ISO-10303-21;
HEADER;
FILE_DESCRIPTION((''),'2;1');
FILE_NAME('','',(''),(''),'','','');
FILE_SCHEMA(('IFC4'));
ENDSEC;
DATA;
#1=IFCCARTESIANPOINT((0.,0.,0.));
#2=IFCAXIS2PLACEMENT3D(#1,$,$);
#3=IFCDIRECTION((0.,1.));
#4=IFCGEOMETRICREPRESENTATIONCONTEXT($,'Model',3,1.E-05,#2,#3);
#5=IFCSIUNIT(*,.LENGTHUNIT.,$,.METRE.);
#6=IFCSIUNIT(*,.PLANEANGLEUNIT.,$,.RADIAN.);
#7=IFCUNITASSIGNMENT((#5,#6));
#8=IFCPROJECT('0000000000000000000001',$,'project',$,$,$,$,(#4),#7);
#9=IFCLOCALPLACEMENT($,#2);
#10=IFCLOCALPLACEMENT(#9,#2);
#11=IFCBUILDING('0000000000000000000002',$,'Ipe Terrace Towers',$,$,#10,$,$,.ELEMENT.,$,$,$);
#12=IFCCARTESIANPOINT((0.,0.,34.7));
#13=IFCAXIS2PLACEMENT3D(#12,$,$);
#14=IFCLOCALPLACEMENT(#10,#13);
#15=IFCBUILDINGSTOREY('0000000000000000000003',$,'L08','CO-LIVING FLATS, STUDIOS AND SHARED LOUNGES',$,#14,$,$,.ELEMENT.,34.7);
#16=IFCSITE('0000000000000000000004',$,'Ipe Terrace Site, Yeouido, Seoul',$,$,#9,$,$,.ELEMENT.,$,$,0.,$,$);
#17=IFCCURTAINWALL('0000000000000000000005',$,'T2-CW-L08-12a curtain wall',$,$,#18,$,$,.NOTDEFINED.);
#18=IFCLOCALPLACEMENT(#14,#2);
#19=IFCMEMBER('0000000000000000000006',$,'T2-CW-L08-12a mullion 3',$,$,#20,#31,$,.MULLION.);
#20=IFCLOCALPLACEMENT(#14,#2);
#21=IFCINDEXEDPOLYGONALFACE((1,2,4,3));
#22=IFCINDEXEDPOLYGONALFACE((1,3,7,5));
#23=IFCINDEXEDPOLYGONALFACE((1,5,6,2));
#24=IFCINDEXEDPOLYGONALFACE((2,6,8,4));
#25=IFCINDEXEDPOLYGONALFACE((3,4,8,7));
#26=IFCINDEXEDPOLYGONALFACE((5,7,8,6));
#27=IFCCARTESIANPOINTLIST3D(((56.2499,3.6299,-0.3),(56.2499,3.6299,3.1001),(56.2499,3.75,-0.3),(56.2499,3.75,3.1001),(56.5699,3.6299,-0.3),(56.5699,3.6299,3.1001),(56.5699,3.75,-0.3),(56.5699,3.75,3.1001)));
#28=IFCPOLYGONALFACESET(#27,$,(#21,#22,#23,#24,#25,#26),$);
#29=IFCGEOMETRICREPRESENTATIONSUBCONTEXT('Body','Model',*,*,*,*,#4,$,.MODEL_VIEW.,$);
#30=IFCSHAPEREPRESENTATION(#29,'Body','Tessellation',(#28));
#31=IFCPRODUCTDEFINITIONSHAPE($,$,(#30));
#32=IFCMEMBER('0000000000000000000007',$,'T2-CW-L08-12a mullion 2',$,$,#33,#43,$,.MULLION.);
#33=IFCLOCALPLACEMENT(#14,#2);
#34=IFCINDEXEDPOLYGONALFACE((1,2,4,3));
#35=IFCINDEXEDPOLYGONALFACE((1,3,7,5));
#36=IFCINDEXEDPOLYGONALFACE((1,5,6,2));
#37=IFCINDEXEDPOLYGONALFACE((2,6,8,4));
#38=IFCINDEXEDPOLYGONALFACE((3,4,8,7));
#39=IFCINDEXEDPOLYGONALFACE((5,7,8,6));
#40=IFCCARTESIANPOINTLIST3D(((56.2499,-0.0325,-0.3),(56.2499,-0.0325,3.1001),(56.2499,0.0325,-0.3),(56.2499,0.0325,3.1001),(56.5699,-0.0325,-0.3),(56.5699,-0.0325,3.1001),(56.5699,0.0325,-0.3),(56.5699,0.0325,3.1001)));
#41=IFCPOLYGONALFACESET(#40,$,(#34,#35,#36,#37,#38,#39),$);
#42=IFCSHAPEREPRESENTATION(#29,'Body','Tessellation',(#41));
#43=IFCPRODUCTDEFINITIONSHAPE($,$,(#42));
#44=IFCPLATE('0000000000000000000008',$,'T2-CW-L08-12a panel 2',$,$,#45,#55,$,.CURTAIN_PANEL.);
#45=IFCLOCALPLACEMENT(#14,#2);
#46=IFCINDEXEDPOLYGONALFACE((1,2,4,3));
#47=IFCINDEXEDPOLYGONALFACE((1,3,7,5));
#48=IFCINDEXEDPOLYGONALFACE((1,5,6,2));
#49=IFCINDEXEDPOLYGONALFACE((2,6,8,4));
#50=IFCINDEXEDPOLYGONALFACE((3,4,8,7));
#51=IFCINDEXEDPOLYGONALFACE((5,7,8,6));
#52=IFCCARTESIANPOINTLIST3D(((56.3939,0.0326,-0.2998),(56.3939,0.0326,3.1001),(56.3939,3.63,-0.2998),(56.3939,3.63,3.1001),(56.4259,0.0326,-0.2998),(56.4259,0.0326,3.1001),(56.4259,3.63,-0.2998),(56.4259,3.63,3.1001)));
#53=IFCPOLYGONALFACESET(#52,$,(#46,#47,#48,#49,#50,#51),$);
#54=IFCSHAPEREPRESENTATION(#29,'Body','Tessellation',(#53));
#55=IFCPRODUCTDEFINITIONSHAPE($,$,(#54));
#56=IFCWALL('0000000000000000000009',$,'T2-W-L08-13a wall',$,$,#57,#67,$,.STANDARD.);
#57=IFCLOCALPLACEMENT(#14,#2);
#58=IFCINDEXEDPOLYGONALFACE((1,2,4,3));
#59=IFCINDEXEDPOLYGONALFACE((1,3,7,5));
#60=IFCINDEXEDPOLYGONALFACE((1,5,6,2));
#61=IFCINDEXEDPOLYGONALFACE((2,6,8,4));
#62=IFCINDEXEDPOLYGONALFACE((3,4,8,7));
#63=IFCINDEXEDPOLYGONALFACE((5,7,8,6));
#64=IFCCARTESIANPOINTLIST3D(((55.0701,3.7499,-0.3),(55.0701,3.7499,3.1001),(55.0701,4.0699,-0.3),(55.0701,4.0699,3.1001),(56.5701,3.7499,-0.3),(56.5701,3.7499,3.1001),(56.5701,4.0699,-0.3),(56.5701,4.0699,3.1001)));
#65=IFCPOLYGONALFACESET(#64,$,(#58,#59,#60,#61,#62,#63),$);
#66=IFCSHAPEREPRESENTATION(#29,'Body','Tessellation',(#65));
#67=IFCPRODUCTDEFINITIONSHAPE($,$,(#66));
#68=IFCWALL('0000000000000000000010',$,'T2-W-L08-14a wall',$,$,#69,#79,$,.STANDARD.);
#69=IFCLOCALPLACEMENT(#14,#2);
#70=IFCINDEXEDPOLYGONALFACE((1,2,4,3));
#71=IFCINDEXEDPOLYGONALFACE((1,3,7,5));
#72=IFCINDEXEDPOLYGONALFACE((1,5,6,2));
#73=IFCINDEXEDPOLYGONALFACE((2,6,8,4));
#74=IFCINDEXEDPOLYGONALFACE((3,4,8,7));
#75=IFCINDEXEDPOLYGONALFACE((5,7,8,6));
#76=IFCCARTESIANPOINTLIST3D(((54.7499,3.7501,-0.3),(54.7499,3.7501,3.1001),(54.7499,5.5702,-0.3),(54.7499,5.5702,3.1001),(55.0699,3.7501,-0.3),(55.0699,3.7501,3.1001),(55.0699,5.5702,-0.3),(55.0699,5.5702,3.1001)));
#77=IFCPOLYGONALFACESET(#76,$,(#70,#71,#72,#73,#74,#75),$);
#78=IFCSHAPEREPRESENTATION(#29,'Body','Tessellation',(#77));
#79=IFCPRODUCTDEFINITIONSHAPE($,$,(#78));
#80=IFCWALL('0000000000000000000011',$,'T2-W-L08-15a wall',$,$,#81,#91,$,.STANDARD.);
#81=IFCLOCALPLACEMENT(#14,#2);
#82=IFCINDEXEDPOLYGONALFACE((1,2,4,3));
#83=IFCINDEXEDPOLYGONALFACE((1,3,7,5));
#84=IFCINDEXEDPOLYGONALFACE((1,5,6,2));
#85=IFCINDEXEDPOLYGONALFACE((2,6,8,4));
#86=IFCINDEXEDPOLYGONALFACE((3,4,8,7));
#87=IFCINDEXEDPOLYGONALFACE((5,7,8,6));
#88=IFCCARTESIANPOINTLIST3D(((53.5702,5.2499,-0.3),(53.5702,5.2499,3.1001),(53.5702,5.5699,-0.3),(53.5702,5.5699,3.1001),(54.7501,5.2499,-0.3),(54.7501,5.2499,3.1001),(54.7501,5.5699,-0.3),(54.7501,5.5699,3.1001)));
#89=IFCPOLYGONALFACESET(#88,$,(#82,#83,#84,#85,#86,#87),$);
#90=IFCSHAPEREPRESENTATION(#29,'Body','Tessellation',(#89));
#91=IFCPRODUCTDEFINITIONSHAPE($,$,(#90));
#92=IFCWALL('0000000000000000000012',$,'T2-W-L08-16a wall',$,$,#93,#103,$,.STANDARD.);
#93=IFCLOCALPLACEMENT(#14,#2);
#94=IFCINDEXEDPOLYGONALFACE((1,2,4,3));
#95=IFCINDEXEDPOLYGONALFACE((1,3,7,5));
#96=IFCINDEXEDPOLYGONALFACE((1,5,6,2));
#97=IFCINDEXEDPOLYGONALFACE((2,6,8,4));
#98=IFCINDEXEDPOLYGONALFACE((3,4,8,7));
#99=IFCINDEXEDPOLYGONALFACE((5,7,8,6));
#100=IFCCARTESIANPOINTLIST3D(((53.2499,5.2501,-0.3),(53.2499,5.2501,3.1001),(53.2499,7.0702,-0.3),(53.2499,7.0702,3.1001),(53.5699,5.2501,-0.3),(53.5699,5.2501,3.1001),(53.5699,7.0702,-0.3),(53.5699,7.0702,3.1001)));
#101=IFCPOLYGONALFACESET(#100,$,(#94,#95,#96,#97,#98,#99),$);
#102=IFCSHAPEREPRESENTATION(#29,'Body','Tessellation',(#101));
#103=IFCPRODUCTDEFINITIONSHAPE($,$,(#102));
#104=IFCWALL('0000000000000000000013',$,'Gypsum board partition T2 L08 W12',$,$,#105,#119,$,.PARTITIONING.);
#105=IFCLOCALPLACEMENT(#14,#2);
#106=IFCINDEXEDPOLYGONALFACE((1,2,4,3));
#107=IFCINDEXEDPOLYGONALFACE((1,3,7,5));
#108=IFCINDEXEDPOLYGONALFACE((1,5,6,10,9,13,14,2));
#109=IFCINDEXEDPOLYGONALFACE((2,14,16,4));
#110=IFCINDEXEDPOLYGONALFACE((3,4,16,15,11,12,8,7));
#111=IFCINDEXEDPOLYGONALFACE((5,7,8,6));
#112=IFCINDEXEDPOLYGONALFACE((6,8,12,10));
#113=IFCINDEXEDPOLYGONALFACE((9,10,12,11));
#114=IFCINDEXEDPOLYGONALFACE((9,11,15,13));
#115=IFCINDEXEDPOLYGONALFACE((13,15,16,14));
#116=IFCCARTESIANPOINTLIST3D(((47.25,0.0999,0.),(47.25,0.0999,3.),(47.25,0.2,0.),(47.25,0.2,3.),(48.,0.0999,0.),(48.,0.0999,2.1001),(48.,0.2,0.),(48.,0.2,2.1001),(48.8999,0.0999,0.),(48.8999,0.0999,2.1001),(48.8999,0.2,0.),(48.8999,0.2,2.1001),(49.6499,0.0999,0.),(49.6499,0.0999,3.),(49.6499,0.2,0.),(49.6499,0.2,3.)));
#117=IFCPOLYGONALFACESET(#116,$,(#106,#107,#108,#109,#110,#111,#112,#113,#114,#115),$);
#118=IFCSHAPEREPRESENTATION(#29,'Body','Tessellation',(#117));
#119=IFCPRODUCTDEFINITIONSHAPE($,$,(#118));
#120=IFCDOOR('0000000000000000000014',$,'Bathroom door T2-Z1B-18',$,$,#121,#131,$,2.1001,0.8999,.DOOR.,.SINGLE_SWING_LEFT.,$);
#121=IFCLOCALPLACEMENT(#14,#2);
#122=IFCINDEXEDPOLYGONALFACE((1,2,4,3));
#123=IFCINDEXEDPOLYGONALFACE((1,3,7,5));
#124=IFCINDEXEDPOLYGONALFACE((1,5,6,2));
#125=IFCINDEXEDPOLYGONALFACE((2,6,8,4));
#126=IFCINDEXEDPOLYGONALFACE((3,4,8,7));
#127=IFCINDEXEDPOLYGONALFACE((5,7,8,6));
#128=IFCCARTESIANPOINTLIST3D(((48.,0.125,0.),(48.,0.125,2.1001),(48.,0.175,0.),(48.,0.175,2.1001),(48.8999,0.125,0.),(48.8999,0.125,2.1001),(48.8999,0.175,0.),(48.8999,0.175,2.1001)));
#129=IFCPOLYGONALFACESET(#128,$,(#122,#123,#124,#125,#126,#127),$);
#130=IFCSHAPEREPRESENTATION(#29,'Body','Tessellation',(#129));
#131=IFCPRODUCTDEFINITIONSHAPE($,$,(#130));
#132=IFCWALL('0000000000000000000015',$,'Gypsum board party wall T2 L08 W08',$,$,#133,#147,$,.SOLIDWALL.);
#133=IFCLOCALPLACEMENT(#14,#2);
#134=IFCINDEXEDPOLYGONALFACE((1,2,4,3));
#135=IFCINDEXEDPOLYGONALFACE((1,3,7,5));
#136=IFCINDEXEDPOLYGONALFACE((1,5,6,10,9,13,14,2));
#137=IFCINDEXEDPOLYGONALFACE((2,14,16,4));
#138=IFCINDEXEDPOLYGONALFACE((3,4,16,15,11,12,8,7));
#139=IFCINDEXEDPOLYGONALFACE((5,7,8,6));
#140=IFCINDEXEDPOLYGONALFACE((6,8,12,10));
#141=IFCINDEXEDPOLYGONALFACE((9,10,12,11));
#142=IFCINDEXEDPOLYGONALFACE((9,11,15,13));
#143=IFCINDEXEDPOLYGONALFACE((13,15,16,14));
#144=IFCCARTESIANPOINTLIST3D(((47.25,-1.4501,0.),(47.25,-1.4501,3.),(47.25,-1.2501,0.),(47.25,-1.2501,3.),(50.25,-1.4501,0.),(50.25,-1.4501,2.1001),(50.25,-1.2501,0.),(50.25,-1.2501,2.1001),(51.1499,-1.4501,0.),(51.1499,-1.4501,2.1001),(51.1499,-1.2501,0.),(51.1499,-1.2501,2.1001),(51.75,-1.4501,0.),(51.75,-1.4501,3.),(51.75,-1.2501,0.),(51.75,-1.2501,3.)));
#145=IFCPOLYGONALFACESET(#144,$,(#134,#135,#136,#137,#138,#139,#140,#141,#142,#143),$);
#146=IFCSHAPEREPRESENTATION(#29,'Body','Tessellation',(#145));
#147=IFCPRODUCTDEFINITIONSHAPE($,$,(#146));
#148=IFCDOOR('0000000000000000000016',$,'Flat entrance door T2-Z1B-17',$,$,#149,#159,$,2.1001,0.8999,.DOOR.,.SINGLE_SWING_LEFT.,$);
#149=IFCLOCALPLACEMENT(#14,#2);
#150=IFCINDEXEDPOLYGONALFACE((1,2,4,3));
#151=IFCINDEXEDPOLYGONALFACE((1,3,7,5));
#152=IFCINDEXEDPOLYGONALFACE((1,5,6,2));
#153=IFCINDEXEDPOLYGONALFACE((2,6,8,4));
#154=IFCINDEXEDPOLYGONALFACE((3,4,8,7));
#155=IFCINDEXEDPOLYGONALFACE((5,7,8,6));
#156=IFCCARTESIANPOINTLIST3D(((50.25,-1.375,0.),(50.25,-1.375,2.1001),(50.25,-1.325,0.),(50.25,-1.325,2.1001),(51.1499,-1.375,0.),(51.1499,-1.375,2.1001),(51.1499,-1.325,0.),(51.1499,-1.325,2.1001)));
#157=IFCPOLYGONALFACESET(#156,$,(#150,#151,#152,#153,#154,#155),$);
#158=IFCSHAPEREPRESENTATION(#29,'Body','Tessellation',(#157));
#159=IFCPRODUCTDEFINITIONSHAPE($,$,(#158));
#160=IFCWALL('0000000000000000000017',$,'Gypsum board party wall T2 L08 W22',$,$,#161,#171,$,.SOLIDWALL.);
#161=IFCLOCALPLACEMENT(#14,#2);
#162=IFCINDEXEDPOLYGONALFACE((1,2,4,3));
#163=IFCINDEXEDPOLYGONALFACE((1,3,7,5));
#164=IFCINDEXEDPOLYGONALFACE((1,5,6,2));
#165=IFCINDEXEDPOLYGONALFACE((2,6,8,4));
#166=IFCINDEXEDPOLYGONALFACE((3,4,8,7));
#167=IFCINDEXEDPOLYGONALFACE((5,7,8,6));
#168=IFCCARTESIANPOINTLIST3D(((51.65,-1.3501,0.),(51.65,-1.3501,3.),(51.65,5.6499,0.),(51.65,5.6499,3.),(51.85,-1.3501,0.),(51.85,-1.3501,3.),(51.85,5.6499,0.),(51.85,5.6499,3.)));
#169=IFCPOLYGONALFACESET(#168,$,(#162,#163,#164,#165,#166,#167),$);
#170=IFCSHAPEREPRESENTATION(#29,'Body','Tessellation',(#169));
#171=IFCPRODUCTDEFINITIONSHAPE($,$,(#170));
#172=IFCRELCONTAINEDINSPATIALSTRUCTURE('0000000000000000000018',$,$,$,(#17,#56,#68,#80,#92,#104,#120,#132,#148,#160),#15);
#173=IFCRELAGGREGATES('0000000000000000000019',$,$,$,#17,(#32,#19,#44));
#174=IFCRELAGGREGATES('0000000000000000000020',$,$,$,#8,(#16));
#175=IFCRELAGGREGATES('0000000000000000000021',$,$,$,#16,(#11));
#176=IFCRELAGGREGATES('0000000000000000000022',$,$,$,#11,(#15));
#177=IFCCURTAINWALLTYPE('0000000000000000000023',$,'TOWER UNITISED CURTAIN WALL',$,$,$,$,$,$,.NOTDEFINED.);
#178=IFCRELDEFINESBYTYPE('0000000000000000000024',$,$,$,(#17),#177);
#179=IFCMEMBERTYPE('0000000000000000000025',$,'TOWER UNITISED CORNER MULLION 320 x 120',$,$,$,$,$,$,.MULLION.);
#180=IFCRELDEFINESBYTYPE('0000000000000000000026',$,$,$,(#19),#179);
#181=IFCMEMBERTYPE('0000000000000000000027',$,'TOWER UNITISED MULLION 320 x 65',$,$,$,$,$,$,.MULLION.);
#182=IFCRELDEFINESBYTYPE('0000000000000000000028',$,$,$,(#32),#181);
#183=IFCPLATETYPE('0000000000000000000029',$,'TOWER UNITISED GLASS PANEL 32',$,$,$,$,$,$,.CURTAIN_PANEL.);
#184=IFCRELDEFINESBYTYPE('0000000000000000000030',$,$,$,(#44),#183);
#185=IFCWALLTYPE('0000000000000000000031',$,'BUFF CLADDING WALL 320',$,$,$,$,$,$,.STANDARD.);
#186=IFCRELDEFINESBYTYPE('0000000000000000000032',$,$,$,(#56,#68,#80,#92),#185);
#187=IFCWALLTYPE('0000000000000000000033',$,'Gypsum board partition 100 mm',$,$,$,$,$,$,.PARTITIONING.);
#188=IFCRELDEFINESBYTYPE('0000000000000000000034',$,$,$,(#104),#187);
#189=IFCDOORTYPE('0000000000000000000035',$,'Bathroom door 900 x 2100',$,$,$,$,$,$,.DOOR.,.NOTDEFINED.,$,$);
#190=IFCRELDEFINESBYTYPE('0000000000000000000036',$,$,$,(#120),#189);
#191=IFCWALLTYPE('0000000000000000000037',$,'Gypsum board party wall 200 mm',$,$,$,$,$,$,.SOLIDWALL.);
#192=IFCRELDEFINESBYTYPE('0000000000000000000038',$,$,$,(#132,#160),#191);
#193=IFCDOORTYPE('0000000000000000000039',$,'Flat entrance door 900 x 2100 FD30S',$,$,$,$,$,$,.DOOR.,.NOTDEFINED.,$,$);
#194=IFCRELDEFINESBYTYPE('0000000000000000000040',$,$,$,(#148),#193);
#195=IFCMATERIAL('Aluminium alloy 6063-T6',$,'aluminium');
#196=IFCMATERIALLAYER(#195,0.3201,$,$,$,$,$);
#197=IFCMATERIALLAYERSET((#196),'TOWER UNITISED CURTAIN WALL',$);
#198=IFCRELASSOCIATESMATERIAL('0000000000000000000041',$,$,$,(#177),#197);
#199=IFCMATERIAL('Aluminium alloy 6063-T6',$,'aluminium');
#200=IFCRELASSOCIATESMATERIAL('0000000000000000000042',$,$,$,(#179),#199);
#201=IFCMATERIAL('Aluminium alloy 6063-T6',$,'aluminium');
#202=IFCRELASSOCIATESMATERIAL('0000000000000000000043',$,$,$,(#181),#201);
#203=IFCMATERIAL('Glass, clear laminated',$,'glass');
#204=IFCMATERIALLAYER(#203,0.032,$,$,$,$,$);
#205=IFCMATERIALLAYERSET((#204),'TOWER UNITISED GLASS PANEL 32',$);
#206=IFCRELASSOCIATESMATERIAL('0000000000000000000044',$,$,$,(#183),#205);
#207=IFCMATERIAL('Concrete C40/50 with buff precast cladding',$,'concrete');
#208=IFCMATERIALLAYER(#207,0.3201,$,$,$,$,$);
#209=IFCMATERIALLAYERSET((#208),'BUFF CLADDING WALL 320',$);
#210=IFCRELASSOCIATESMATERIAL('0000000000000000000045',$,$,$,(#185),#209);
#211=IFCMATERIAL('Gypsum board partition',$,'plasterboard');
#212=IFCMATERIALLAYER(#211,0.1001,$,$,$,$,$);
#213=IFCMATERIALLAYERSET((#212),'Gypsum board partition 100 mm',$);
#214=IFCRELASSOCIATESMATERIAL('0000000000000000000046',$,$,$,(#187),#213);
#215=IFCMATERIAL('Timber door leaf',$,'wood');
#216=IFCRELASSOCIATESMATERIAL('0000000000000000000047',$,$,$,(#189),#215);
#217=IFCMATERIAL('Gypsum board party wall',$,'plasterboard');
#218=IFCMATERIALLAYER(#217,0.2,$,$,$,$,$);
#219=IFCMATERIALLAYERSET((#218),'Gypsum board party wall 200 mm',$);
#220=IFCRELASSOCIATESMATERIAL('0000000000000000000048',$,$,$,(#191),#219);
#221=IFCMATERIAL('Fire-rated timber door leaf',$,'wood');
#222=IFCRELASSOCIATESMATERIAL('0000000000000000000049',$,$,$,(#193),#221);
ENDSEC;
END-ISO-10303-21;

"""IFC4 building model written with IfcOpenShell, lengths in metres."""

from ifc_helpers import new_model, si_unit, direction, frame, frame_2d, origin, origin_2d, place, context, subcontext, project, spatial, rectangle, extrude, material, layer, layer_set, material_profile, profile_set, type_object, element, fill, aggregate, save


model = new_model("IFC4")

# Units and contexts
model_context = context("Model", 3, precision=1e-05, world=origin(), true_north=direction((0.0, 1.0)))
body_context = subcontext(model_context, "Body", "Model", "MODEL_VIEW")
ifc_project = project(units=[si_unit("LENGTHUNIT", "METRE"), si_unit("PLANEANGLEUNIT", "RADIAN")], contexts=[model_context])

# Site, building, storey
site_placement = place(None, origin())
site = spatial("IfcSite", under=ifc_project, at=site_placement, Name="Ipe Terrace Site, Yeouido, Seoul", CompositionType="ELEMENT", RefElevation=0.0)
building_placement = place(site_placement, origin())
building = spatial("IfcBuilding", under=site, at=building_placement, Name="Ipe Terrace Towers", CompositionType="ELEMENT")
storey_placement = place(building_placement, frame((0.0, 0.0, 34.7)))
storey = spatial("IfcBuildingStorey", under=building, at=storey_placement, Name="L08", Description="CO-LIVING FLATS, STUDIOS AND SHARED LOUNGES", CompositionType="ELEMENT", Elevation=34.7)

# Curtain wall, members, plate
ifc_material_1 = material(Name="Aluminium alloy 6063-T6", Category="aluminium")
ifc_layer_1 = layer(ifc_material_1, 0.3201)
ifc_layer_set_1 = layer_set([ifc_layer_1], Name="TOWER UNITISED CURTAIN WALL")
curtain_wall_type = type_object("IfcCurtainWallType", Name="TOWER UNITISED CURTAIN WALL", PredefinedType="NOTDEFINED", material=ifc_layer_set_1)
curtain_wall_placement = place(storey_placement, origin())
curtain_wall = element("IfcCurtainWall", 1, at=curtain_wall_placement, inside=storey, type_object=curtain_wall_type, Name="T2-CW-L08-12a curtain wall", PredefinedType="NOTDEFINED")
ifc_material_2 = material(Name="Aluminium alloy 6063-T6", Category="aluminium")
ifc_material_profile_1 = material_profile(ifc_material_2, rectangle(XDim=0.3201, YDim=0.1201, at=origin_2d()), Name="TOWER UNITISED CORNER MULLION 320 x 120")
ifc_profile_set_1 = profile_set([ifc_material_profile_1], Name="Aluminium alloy 6063-T6")
member_type_1 = type_object("IfcMemberType", Name="TOWER UNITISED CORNER MULLION 320 x 120", PredefinedType="MULLION", material=ifc_profile_set_1)
member_1_placement = place(storey_placement, frame((56.4099, 3.6899, -0.3), z_axis=(0.0, 0.0, 1.0), x_axis=(1.0, 0.0, 0.0)))
member_1 = element("IfcMember", 2, at=member_1_placement, type_object=member_type_1, Name="T2-CW-L08-12a mullion 3", PredefinedType="MULLION", context=body_context, shape_type="SweptSolid", body=[
    extrude(rectangle(XDim=0.3201, YDim=0.1201, at=origin_2d()), origin(), (0.0, 0.0, 1.0), 3.4001),
])
ifc_material_3 = material(Name="Aluminium alloy 6063-T6", Category="aluminium")
ifc_material_profile_2 = material_profile(ifc_material_3, rectangle(XDim=0.3201, YDim=0.0649, at=origin_2d()), Name="TOWER UNITISED MULLION 320 x 65")
ifc_profile_set_2 = profile_set([ifc_material_profile_2], Name="Aluminium alloy 6063-T6")
member_type_2 = type_object("IfcMemberType", Name="TOWER UNITISED MULLION 320 x 65", PredefinedType="MULLION", material=ifc_profile_set_2)
member_2_placement = place(storey_placement, frame((56.4099, 0.0, -0.3), z_axis=(0.0, 0.0, 1.0), x_axis=(1.0, 0.0, 0.0)))
member_2 = element("IfcMember", 3, at=member_2_placement, type_object=member_type_2, Name="T2-CW-L08-12a mullion 2", PredefinedType="MULLION", context=body_context, shape_type="SweptSolid", body=[
    extrude(rectangle(XDim=0.3201, YDim=0.0649, at=origin_2d()), origin(), (0.0, 0.0, 1.0), 3.4001),
])
ifc_material_4 = material(Name="Glass, clear laminated", Category="glass")
ifc_layer_2 = layer(ifc_material_4, 0.032)
ifc_layer_set_2 = layer_set([ifc_layer_2], Name="TOWER UNITISED GLASS PANEL 32")
plate_type = type_object("IfcPlateType", Name="TOWER UNITISED GLASS PANEL 32", PredefinedType="CURTAIN_PANEL", material=ifc_layer_set_2)
plate_placement = place(storey_placement, frame((56.4099, 1.8313, -0.2998), z_axis=(0.0, 0.0, 1.0), x_axis=(0.0, 1.0, 0.0)))
plate = element("IfcPlate", 4, at=plate_placement, type_object=plate_type, Name="T2-CW-L08-12a panel 2", PredefinedType="CURTAIN_PANEL", context=body_context, shape_type="SweptSolid", body=[
    extrude(rectangle(XDim=3.5974, YDim=0.032, at=origin_2d()), origin(), (0.0, 0.0, 1.0), 3.3999),
])
aggregate(curtain_wall, [member_2, member_1, plate])

# Walls
ifc_material_5 = material(Name="Concrete C40/50 with buff precast cladding", Category="concrete")
ifc_layer_3 = layer(ifc_material_5, 0.3201)
ifc_layer_set_3 = layer_set([ifc_layer_3], Name="BUFF CLADDING WALL 320")
wall_type_1 = type_object("IfcWallType", Name="BUFF CLADDING WALL 320", PredefinedType="STANDARD", material=ifc_layer_set_3)
wall_1_placement = place(storey_placement, frame((56.5701, 3.9099, -0.3), z_axis=(0.0, 0.0, 1.0), x_axis=(-1.0, 0.0, 0.0)))
element("IfcWall", 5, at=wall_1_placement, inside=storey, type_object=wall_type_1, Name="T2-W-L08-13a wall", PredefinedType="STANDARD", context=body_context, shape_type="SweptSolid", body=[
    extrude(rectangle(XDim=1.5, YDim=0.3201, at=frame_2d((0.75, 0.0))), origin(), (0.0, 0.0, 1.0), 3.4001),
])
wall_2_placement = place(storey_placement, frame((54.9099, 3.75, -0.3), z_axis=(0.0, 0.0, 1.0), x_axis=(0.0, 1.0, 0.0)))
element("IfcWall", 6, at=wall_2_placement, inside=storey, type_object=wall_type_1, Name="T2-W-L08-14a wall", PredefinedType="STANDARD", context=body_context, shape_type="SweptSolid", body=[
    extrude(rectangle(XDim=1.8201, YDim=0.3201, at=frame_2d((0.9102, 0.0))), origin(), (0.0, 0.0, 1.0), 3.4001),
])
wall_3_placement = place(storey_placement, frame((54.75, 5.4099, -0.3), z_axis=(0.0, 0.0, 1.0), x_axis=(-1.0, 0.0, 0.0)))
element("IfcWall", 7, at=wall_3_placement, inside=storey, type_object=wall_type_1, Name="T2-W-L08-15a wall", PredefinedType="STANDARD", context=body_context, shape_type="SweptSolid", body=[
    extrude(rectangle(XDim=1.1799, YDim=0.3201, at=frame_2d((0.5898, 0.0))), origin(), (0.0, 0.0, 1.0), 3.4001),
])
wall_4_placement = place(storey_placement, frame((53.4099, 5.25, -0.3), z_axis=(0.0, 0.0, 1.0), x_axis=(0.0, 1.0, 0.0)))
element("IfcWall", 8, at=wall_4_placement, inside=storey, type_object=wall_type_1, Name="T2-W-L08-16a wall", PredefinedType="STANDARD", context=body_context, shape_type="SweptSolid", body=[
    extrude(rectangle(XDim=1.8201, YDim=0.3201, at=frame_2d((0.9102, 0.0))), origin(), (0.0, 0.0, 1.0), 3.4001),
])

# Walls, openings, doors
ifc_material_6 = material(Name="Gypsum board partition", Category="plasterboard")
ifc_layer_4 = layer(ifc_material_6, 0.1001)
ifc_layer_set_4 = layer_set([ifc_layer_4], Name="Gypsum board partition 100 mm")
wall_type_2 = type_object("IfcWallType", Name="Gypsum board partition 100 mm", PredefinedType="PARTITIONING", material=ifc_layer_set_4)
wall_5_placement = place(storey_placement, frame((49.6499, 0.1499, 0.0), z_axis=(0.0, 0.0, 1.0), x_axis=(-1.0, 0.0, 0.0)))
wall_5 = element("IfcWall", 9, at=wall_5_placement, inside=storey, type_object=wall_type_2, Name="Gypsum board partition T2 L08 W12", PredefinedType="PARTITIONING", context=body_context, shape_type="SweptSolid", body=[
    extrude(rectangle(XDim=2.3999, YDim=0.1001, at=frame_2d((1.2, 0.0))), origin(), (0.0, 0.0, 1.0), 3.0),
])
opening_1_placement = place(wall_5_placement, frame((0.75, 0.0, 0.0)))
opening_1 = element("IfcOpeningElement", 10, at=opening_1_placement, cuts=wall_5, PredefinedType="OPENING", context=body_context, shape_type="SweptSolid", body=[
    extrude(rectangle(XDim=0.8999, YDim=2.1001, at=frame_2d((0.45, 1.05))), frame((0.0, 0.0601, 0.0), z_axis=(0.0, -1.0, 0.0), x_axis=(1.0, 0.0, 0.0)), (0.0, 0.0, 1.0), 0.1201),
])
ifc_material_7 = material(Name="Timber door leaf", Category="wood")
door_type_1 = type_object("IfcDoorType", Name="Bathroom door 900 x 2100", OperationType="NOTDEFINED", PredefinedType="DOOR", material=ifc_material_7)
door_1_placement = place(opening_1_placement, origin())
door_1 = element("IfcDoor", 11, at=door_1_placement, inside=storey, type_object=door_type_1, Name="Bathroom door T2-Z1B-18", OperationType="SINGLE_SWING_LEFT", OverallHeight=2.1001, OverallWidth=0.8999, PredefinedType="DOOR", context=body_context, shape_type="SweptSolid", body=[
    extrude(rectangle(XDim=0.8999, YDim=2.1001, at=frame_2d((0.45, 1.05))), frame((0.0, 0.0249, 0.0), z_axis=(0.0, -1.0, 0.0), x_axis=(1.0, 0.0, 0.0)), (0.0, 0.0, 1.0), 0.05),
])
fill(opening_1, door_1)
ifc_material_8 = material(Name="Gypsum board party wall", Category="plasterboard")
ifc_layer_5 = layer(ifc_material_8, 0.2)
ifc_layer_set_5 = layer_set([ifc_layer_5], Name="Gypsum board party wall 200 mm")
wall_type_3 = type_object("IfcWallType", Name="Gypsum board party wall 200 mm", PredefinedType="SOLIDWALL", material=ifc_layer_set_5)
wall_6_placement = place(storey_placement, frame((51.75, -1.3501, 0.0), z_axis=(0.0, 0.0, 1.0), x_axis=(-1.0, 0.0, 0.0)))
wall_6 = element("IfcWall", 12, at=wall_6_placement, inside=storey, type_object=wall_type_3, Name="Gypsum board party wall T2 L08 W08", PredefinedType="SOLIDWALL", context=body_context, shape_type="SweptSolid", body=[
    extrude(rectangle(XDim=4.5, YDim=0.2, at=frame_2d((2.25, 0.0))), origin(), (0.0, 0.0, 1.0), 3.0),
])
opening_2_placement = place(wall_6_placement, frame((0.6001, 0.0, 0.0)))
opening_2 = element("IfcOpeningElement", 13, at=opening_2_placement, cuts=wall_6, PredefinedType="OPENING", context=body_context, shape_type="SweptSolid", body=[
    extrude(rectangle(XDim=0.8999, YDim=2.1001, at=frame_2d((0.45, 1.05))), frame((0.0, 0.1099, 0.0), z_axis=(0.0, -1.0, 0.0), x_axis=(1.0, 0.0, 0.0)), (0.0, 0.0, 1.0), 0.22),
])
ifc_material_9 = material(Name="Fire-rated timber door leaf", Category="wood")
door_type_2 = type_object("IfcDoorType", Name="Flat entrance door 900 x 2100 FD30S", OperationType="NOTDEFINED", PredefinedType="DOOR", material=ifc_material_9)
door_2_placement = place(opening_2_placement, origin())
door_2 = element("IfcDoor", 14, at=door_2_placement, inside=storey, type_object=door_type_2, Name="Flat entrance door T2-Z1B-17", OperationType="SINGLE_SWING_LEFT", OverallHeight=2.1001, OverallWidth=0.8999, PredefinedType="DOOR", context=body_context, shape_type="SweptSolid", body=[
    extrude(rectangle(XDim=0.8999, YDim=2.1001, at=frame_2d((0.45, 1.05))), frame((0.0, 0.0249, 0.0), z_axis=(0.0, -1.0, 0.0), x_axis=(1.0, 0.0, 0.0)), (0.0, 0.0, 1.0), 0.05),
])
fill(opening_2, door_2)

# Wall
wall_7_placement = place(storey_placement, frame((51.75, -1.3501, 0.0), z_axis=(0.0, 0.0, 1.0), x_axis=(0.0, 1.0, 0.0)))
element("IfcWall", 15, at=wall_7_placement, inside=storey, type_object=wall_type_3, Name="Gypsum board party wall T2 L08 W22", PredefinedType="SOLIDWALL", context=body_context, shape_type="SweptSolid", body=[
    extrude(rectangle(XDim=7.0, YDim=0.2, at=frame_2d((3.5, 0.0))), origin(), (0.0, 0.0, 1.0), 3.0),
])

save(model, "model.ifc")
